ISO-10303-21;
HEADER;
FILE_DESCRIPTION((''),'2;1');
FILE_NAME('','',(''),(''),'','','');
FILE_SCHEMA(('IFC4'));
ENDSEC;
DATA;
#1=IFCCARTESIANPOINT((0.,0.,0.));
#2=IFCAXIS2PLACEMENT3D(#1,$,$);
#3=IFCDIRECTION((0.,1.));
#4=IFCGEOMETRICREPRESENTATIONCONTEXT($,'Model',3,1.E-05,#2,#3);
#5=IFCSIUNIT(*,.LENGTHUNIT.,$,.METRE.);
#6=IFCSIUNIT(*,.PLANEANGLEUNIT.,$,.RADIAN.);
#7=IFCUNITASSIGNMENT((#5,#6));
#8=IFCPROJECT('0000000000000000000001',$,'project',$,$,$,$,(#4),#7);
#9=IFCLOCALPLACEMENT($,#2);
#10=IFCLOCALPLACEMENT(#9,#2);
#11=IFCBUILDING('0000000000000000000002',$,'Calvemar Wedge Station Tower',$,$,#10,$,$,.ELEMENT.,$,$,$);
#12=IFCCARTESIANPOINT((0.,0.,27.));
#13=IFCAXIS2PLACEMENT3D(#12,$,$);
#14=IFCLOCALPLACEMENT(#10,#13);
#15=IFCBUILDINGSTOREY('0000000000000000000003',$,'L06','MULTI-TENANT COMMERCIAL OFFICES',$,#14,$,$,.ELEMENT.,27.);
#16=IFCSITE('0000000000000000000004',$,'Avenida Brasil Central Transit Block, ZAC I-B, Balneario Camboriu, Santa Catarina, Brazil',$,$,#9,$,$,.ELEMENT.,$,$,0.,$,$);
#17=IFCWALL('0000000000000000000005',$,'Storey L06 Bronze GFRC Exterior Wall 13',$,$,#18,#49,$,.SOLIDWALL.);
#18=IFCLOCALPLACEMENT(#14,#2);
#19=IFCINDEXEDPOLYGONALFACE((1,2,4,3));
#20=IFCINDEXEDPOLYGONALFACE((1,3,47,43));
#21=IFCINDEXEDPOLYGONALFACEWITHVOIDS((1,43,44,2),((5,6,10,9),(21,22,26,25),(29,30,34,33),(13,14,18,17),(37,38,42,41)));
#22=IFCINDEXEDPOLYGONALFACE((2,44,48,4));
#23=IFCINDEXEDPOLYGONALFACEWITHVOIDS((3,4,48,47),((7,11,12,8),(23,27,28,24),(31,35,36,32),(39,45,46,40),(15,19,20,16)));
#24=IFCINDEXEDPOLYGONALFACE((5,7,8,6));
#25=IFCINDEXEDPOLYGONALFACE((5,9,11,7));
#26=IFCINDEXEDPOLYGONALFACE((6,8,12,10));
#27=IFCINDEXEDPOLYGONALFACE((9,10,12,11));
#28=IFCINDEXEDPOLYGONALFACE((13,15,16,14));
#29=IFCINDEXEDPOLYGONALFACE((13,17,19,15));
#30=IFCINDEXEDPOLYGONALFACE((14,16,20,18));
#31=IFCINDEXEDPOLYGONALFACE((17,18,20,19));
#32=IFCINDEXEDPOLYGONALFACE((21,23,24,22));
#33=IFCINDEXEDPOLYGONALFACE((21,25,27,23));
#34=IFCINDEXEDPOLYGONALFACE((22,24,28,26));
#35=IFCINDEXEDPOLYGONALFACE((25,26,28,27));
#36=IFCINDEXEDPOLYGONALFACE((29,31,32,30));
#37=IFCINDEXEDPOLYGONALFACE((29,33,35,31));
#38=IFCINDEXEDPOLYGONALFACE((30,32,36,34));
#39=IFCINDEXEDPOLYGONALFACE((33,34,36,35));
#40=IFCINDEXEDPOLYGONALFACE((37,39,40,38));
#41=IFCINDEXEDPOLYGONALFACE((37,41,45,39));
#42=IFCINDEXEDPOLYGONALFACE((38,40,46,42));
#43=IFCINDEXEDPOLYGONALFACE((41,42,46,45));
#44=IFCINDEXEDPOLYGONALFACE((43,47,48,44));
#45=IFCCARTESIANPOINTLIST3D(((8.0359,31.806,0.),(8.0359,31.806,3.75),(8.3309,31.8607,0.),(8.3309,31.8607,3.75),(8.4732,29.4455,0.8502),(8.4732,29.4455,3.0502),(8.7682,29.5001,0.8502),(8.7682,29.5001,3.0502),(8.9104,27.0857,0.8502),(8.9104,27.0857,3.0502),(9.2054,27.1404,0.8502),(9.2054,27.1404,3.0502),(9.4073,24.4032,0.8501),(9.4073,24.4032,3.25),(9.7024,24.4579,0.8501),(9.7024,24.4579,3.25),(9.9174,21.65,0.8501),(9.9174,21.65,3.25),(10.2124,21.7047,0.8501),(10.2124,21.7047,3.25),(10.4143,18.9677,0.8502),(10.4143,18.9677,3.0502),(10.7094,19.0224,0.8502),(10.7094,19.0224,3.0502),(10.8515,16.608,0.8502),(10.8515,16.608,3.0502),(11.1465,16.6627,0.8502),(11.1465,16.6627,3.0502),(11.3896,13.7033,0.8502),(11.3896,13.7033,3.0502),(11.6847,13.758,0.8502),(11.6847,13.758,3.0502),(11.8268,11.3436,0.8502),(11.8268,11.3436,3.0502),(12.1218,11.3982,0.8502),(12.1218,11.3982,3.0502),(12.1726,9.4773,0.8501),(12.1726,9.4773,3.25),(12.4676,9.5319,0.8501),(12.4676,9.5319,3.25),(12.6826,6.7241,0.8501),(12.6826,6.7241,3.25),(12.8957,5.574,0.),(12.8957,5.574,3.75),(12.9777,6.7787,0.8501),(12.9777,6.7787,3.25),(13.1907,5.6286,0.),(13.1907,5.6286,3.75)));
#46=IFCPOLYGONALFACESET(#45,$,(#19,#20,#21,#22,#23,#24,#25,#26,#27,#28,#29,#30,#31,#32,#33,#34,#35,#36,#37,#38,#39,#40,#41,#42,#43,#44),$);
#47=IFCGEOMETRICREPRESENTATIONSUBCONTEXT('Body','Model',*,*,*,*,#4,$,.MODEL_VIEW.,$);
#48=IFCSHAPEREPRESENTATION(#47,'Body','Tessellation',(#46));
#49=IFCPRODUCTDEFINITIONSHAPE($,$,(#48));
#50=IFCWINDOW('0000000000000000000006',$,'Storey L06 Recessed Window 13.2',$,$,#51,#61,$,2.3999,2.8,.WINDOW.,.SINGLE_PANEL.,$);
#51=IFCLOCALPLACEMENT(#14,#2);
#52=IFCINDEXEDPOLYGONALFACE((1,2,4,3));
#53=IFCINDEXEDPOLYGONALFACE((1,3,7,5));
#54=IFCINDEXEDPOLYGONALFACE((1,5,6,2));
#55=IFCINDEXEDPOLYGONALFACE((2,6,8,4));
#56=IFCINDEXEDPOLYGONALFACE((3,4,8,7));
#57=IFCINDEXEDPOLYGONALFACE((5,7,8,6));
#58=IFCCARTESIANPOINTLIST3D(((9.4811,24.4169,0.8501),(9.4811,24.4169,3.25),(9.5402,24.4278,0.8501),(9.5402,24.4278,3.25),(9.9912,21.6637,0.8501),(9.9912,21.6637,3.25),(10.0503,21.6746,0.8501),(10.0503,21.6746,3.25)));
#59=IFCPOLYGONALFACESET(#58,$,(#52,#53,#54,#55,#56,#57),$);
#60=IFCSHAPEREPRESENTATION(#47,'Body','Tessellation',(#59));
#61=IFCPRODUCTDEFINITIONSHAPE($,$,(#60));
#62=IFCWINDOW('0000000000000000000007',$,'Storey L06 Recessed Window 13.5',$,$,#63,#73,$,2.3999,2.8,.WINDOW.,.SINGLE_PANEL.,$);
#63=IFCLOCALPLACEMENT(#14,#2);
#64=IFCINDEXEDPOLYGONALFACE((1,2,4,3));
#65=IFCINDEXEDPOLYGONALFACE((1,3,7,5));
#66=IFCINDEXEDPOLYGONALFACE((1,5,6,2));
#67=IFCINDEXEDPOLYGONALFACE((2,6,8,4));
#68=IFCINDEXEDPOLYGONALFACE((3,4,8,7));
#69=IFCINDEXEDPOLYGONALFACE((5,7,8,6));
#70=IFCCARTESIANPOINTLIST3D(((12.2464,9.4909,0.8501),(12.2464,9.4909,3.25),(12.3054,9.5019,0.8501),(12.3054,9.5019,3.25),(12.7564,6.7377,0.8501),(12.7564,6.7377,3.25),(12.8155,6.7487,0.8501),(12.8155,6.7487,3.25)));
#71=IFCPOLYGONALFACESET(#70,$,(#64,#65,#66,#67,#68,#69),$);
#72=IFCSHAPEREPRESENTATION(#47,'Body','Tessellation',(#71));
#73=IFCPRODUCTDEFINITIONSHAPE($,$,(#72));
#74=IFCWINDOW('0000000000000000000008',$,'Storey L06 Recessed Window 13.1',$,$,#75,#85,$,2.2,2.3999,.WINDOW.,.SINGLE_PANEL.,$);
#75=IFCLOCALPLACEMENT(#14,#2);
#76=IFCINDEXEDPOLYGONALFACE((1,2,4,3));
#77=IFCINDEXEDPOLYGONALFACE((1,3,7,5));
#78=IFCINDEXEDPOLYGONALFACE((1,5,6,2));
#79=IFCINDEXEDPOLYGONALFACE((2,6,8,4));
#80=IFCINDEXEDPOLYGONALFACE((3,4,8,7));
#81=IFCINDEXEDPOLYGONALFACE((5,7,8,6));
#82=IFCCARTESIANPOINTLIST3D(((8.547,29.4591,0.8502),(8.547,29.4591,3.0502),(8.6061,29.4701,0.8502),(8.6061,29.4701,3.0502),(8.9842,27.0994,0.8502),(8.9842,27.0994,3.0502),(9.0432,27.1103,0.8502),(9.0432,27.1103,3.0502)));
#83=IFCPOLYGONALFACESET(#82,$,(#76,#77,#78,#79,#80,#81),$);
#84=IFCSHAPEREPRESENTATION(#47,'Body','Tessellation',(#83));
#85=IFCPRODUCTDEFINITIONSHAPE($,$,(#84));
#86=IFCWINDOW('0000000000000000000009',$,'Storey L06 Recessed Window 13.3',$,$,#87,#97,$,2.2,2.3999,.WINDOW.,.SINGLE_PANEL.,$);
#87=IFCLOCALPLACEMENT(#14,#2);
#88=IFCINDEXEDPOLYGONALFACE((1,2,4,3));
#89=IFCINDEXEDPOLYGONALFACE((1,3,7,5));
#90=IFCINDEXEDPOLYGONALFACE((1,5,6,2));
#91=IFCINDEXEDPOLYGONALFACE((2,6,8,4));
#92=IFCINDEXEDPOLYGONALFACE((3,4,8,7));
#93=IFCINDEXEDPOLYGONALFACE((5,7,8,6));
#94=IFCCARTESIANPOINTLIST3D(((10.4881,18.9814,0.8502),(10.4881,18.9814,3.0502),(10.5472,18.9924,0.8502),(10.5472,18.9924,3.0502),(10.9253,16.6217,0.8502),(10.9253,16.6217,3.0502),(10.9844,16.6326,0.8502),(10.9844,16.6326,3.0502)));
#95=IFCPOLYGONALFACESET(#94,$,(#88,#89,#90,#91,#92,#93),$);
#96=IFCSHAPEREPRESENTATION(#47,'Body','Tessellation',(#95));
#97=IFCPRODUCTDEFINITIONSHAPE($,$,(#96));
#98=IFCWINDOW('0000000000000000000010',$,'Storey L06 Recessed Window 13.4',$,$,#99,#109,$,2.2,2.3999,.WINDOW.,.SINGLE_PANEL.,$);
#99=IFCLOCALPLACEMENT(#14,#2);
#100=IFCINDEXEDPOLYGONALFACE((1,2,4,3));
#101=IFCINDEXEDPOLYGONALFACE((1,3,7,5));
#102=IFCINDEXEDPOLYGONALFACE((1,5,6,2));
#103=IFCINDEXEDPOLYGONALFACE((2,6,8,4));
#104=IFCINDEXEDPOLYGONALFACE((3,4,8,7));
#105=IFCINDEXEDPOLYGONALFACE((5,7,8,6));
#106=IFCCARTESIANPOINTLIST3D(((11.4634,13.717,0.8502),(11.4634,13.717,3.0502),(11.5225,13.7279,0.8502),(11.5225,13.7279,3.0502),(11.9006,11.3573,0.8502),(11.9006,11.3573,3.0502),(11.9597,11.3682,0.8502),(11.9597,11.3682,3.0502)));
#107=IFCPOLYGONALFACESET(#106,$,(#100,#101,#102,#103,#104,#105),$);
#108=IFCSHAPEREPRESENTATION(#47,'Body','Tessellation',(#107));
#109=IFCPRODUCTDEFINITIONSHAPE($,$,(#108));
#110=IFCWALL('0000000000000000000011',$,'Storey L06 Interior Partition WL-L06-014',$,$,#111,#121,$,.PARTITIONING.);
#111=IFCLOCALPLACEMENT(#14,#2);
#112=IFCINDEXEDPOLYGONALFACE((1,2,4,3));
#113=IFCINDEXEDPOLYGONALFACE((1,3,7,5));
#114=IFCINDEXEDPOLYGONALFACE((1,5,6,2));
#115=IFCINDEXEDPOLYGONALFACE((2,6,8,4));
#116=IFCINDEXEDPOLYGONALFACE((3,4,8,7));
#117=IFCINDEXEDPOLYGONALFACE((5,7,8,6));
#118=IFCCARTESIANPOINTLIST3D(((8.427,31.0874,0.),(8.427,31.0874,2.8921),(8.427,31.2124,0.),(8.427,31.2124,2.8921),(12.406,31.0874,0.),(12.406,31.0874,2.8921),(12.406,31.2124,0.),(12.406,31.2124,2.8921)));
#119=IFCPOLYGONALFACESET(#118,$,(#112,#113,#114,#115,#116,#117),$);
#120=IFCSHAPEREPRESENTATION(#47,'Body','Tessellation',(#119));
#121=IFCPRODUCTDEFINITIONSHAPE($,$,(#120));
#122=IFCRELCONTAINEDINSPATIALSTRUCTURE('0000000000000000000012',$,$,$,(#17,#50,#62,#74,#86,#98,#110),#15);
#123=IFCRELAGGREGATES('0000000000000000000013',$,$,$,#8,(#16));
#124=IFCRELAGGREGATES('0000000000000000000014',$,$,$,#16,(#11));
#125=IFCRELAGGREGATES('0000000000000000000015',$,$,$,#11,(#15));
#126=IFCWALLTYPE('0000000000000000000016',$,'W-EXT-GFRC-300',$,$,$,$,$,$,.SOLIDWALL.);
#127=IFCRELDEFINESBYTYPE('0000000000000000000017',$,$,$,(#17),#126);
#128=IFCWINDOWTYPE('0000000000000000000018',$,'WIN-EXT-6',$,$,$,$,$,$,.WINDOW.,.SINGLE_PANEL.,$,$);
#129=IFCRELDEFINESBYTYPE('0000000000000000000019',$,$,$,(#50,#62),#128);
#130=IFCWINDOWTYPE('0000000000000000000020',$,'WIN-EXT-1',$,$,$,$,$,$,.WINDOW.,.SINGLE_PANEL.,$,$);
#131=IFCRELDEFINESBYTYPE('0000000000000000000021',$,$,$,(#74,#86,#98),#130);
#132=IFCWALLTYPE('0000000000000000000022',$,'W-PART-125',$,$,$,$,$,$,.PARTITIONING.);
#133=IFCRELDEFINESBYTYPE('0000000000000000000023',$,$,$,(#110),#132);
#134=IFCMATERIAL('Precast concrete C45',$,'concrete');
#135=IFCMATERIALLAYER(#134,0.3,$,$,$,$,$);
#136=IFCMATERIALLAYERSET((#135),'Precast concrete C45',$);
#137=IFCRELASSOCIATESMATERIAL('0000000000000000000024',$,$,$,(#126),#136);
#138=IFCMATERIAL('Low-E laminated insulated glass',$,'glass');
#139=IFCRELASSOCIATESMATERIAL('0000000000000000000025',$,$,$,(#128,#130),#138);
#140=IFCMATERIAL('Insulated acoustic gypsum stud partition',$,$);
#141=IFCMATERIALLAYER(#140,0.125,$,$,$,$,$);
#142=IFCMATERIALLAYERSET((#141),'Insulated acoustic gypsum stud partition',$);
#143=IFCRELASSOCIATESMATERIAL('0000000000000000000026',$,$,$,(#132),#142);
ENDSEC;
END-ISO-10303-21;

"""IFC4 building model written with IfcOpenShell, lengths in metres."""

from ifc_helpers import new_model, si_unit, direction, frame, frame_2d, origin, place, context, subcontext, project, spatial, rectangle, extrude, source, transform, mapped, material, layer, layer_set, type_object, element, fill, save


model = new_model("IFC4")

# Units and contexts
model_context = context("Model", 3, precision=1e-05, world=origin(), true_north=direction((0.0, 1.0)))
body_context = subcontext(model_context, "Body", "Model", "MODEL_VIEW")
ifc_project = project(units=[si_unit("LENGTHUNIT", "METRE"), si_unit("PLANEANGLEUNIT", "RADIAN")], contexts=[model_context])

# Site, building, storey
site_placement = place(None, origin())
site = spatial("IfcSite", under=ifc_project, at=site_placement, Name="Avenida Brasil Central Transit Block, ZAC I-B, Balneario Camboriu, Santa Catarina, Brazil", CompositionType="ELEMENT", RefElevation=0.0)
building_placement = place(site_placement, origin())
building = spatial("IfcBuilding", under=site, at=building_placement, Name="Calvemar Wedge Station Tower", CompositionType="ELEMENT")
storey_placement = place(building_placement, frame((0.0, 0.0, 27.0)))
storey = spatial("IfcBuildingStorey", under=building, at=storey_placement, Name="L06", Description="MULTI-TENANT COMMERCIAL OFFICES", CompositionType="ELEMENT", Elevation=27.0)

# Wall, openings, windows
ifc_material_1 = material(Name="Precast concrete C45", Category="concrete")
ifc_layer_1 = layer(ifc_material_1, 0.3)
ifc_layer_set_1 = layer_set([ifc_layer_1], Name="Precast concrete C45")
wall_type_1 = type_object("IfcWallType", Name="W-EXT-GFRC-300", PredefinedType="SOLIDWALL", material=ifc_layer_set_1)
wall_1_placement = place(storey_placement, frame((8.1833, 31.8335, 0.0), z_axis=(0.0, 0.0, 1.0), x_axis=(0.182164, -0.983268, 0.0)))
wall_1 = element("IfcWall", 1, at=wall_1_placement, inside=storey, type_object=wall_type_1, Name="Storey L06 Bronze GFRC Exterior Wall 13", PredefinedType="SOLIDWALL", context=body_context, shape_type="SweptSolid", body=[
    extrude(rectangle(XDim=26.6785, YDim=0.3, at=frame_2d((13.3394, 0.0))), origin(), (0.0, 0.0, 1.0), 3.75),
])
shared_shape_1 = source(origin(), body_context, "Body", "SweptSolid", [
    extrude(rectangle(XDim=2.3999, YDim=2.2, at=frame_2d((1.2, 1.1001))), frame((0.0, 0.1602, 0.0), z_axis=(0.0, -1.0, 0.0), x_axis=(1.0, 0.0, 0.0)), (0.0, 0.0, 1.0), 0.3201),
])
opening_1_placement = place(wall_1_placement, frame((2.4009, 0.0, 0.8501)))
opening_1 = element("IfcOpeningElement", 2, at=opening_1_placement, cuts=wall_1, PredefinedType="OPENING", context=body_context, shape_type="MappedRepresentation", body=[
    mapped(shared_shape_1, transform((0.0, 0.0, 0.0), scale=1.0)),
])
shared_shape_2 = source(origin(), body_context, "Body", "SweptSolid", [
    extrude(rectangle(XDim=2.8, YDim=2.3999, at=frame_2d((1.3999, 1.2))), frame((0.0, 0.1602, 0.0), z_axis=(0.0, -1.0, 0.0), x_axis=(1.0, 0.0, 0.0)), (0.0, 0.0, 1.0), 0.3201),
])
opening_2_placement = place(wall_1_placement, frame((7.5291, 0.0, 0.8501)))
opening_2 = element("IfcOpeningElement", 3, at=opening_2_placement, cuts=wall_1, PredefinedType="OPENING", context=body_context, shape_type="MappedRepresentation", body=[
    mapped(shared_shape_2, transform((0.0, 0.0, 0.0), scale=1.0)),
])
opening_3_placement = place(wall_1_placement, frame((13.0569, 0.0, 0.8501)))
opening_3 = element("IfcOpeningElement", 4, at=opening_3_placement, cuts=wall_1, PredefinedType="OPENING", context=body_context, shape_type="MappedRepresentation", body=[
    mapped(shared_shape_1, transform((0.0, 0.0, 0.0), scale=1.0)),
])
opening_4_placement = place(wall_1_placement, frame((18.4109, 0.0, 0.8501)))
opening_4 = element("IfcOpeningElement", 5, at=opening_4_placement, cuts=wall_1, PredefinedType="OPENING", context=body_context, shape_type="MappedRepresentation", body=[
    mapped(shared_shape_1, transform((0.0, 0.0, 0.0), scale=1.0)),
])
opening_5_placement = place(wall_1_placement, frame((22.709, 0.0, 0.8501)))
opening_5 = element("IfcOpeningElement", 6, at=opening_5_placement, cuts=wall_1, PredefinedType="OPENING", context=body_context, shape_type="MappedRepresentation", body=[
    mapped(shared_shape_2, transform((0.0, 0.0, 0.0), scale=1.0)),
])
ifc_material_2 = material(Name="Low-E laminated insulated glass", Category="glass")
window_type_1 = type_object("IfcWindowType", Name="WIN-EXT-6", PartitioningType="SINGLE_PANEL", PredefinedType="WINDOW", material=ifc_material_2)
shared_shape_3 = source(origin(), body_context, "Body", "SweptSolid", [
    extrude(rectangle(XDim=2.8, YDim=2.3999, at=frame_2d((1.3999, 1.2))), frame((0.0, -0.0149, 0.0), z_axis=(0.0, -1.0, 0.0), x_axis=(1.0, 0.0, 0.0)), (0.0, 0.0, 1.0), 0.0601),
])
window_1_placement = place(opening_2_placement, origin())
window_1 = element("IfcWindow", 7, at=window_1_placement, inside=storey, type_object=window_type_1, Name="Storey L06 Recessed Window 13.2", OverallHeight=2.3999, OverallWidth=2.8, PartitioningType="SINGLE_PANEL", PredefinedType="WINDOW", context=body_context, shape_type="MappedRepresentation", body=[
    mapped(shared_shape_3, transform((0.0, 0.0, 0.0), scale=1.0)),
])
fill(opening_2, window_1)
window_2_placement = place(opening_5_placement, origin())
window_2 = element("IfcWindow", 8, at=window_2_placement, inside=storey, type_object=window_type_1, Name="Storey L06 Recessed Window 13.5", OverallHeight=2.3999, OverallWidth=2.8, PartitioningType="SINGLE_PANEL", PredefinedType="WINDOW", context=body_context, shape_type="MappedRepresentation", body=[
    mapped(shared_shape_3, transform((0.0, 0.0, 0.0), scale=1.0)),
])
fill(opening_5, window_2)
window_type_2 = type_object("IfcWindowType", Name="WIN-EXT-1", PartitioningType="SINGLE_PANEL", PredefinedType="WINDOW", material=ifc_material_2)
shared_shape_4 = source(origin(), body_context, "Body", "SweptSolid", [
    extrude(rectangle(XDim=2.3999, YDim=2.2, at=frame_2d((1.2, 1.1001))), frame((0.0, -0.0149, 0.0), z_axis=(0.0, -1.0, 0.0), x_axis=(1.0, 0.0, 0.0)), (0.0, 0.0, 1.0), 0.0601),
])
window_3_placement = place(opening_1_placement, origin())
window_3 = element("IfcWindow", 9, at=window_3_placement, inside=storey, type_object=window_type_2, Name="Storey L06 Recessed Window 13.1", OverallHeight=2.2, OverallWidth=2.3999, PartitioningType="SINGLE_PANEL", PredefinedType="WINDOW", context=body_context, shape_type="MappedRepresentation", body=[
    mapped(shared_shape_4, transform((0.0, 0.0, 0.0), scale=1.0)),
])
fill(opening_1, window_3)
window_4_placement = place(opening_3_placement, origin())
window_4 = element("IfcWindow", 10, at=window_4_placement, inside=storey, type_object=window_type_2, Name="Storey L06 Recessed Window 13.3", OverallHeight=2.2, OverallWidth=2.3999, PartitioningType="SINGLE_PANEL", PredefinedType="WINDOW", context=body_context, shape_type="MappedRepresentation", body=[
    mapped(shared_shape_4, transform((0.0, 0.0, 0.0), scale=1.0)),
])
fill(opening_3, window_4)
window_5_placement = place(opening_4_placement, origin())
window_5 = element("IfcWindow", 11, at=window_5_placement, inside=storey, type_object=window_type_2, Name="Storey L06 Recessed Window 13.4", OverallHeight=2.2, OverallWidth=2.3999, PartitioningType="SINGLE_PANEL", PredefinedType="WINDOW", context=body_context, shape_type="MappedRepresentation", body=[
    mapped(shared_shape_4, transform((0.0, 0.0, 0.0), scale=1.0)),
])
fill(opening_4, window_5)

# Wall
ifc_material_3 = material(Name="Insulated acoustic gypsum stud partition")
ifc_layer_2 = layer(ifc_material_3, 0.125)
ifc_layer_set_2 = layer_set([ifc_layer_2], Name="Insulated acoustic gypsum stud partition")
wall_type_2 = type_object("IfcWallType", Name="W-PART-125", PredefinedType="PARTITIONING", material=ifc_layer_set_2)
wall_2_placement = place(storey_placement, frame((12.406, 31.1499, 0.0), z_axis=(0.0, 0.0, 1.0), x_axis=(-1.0, 0.0, 0.0)))
element("IfcWall", 12, at=wall_2_placement, inside=storey, type_object=wall_type_2, Name="Storey L06 Interior Partition WL-L06-014", PredefinedType="PARTITIONING", context=body_context, shape_type="SweptSolid", body=[
    extrude(rectangle(XDim=3.979, YDim=0.125, at=frame_2d((1.9895, 0.0))), origin(), (0.0, 0.0, 1.0), 2.8921),
])

save(model, "model.ifc")
